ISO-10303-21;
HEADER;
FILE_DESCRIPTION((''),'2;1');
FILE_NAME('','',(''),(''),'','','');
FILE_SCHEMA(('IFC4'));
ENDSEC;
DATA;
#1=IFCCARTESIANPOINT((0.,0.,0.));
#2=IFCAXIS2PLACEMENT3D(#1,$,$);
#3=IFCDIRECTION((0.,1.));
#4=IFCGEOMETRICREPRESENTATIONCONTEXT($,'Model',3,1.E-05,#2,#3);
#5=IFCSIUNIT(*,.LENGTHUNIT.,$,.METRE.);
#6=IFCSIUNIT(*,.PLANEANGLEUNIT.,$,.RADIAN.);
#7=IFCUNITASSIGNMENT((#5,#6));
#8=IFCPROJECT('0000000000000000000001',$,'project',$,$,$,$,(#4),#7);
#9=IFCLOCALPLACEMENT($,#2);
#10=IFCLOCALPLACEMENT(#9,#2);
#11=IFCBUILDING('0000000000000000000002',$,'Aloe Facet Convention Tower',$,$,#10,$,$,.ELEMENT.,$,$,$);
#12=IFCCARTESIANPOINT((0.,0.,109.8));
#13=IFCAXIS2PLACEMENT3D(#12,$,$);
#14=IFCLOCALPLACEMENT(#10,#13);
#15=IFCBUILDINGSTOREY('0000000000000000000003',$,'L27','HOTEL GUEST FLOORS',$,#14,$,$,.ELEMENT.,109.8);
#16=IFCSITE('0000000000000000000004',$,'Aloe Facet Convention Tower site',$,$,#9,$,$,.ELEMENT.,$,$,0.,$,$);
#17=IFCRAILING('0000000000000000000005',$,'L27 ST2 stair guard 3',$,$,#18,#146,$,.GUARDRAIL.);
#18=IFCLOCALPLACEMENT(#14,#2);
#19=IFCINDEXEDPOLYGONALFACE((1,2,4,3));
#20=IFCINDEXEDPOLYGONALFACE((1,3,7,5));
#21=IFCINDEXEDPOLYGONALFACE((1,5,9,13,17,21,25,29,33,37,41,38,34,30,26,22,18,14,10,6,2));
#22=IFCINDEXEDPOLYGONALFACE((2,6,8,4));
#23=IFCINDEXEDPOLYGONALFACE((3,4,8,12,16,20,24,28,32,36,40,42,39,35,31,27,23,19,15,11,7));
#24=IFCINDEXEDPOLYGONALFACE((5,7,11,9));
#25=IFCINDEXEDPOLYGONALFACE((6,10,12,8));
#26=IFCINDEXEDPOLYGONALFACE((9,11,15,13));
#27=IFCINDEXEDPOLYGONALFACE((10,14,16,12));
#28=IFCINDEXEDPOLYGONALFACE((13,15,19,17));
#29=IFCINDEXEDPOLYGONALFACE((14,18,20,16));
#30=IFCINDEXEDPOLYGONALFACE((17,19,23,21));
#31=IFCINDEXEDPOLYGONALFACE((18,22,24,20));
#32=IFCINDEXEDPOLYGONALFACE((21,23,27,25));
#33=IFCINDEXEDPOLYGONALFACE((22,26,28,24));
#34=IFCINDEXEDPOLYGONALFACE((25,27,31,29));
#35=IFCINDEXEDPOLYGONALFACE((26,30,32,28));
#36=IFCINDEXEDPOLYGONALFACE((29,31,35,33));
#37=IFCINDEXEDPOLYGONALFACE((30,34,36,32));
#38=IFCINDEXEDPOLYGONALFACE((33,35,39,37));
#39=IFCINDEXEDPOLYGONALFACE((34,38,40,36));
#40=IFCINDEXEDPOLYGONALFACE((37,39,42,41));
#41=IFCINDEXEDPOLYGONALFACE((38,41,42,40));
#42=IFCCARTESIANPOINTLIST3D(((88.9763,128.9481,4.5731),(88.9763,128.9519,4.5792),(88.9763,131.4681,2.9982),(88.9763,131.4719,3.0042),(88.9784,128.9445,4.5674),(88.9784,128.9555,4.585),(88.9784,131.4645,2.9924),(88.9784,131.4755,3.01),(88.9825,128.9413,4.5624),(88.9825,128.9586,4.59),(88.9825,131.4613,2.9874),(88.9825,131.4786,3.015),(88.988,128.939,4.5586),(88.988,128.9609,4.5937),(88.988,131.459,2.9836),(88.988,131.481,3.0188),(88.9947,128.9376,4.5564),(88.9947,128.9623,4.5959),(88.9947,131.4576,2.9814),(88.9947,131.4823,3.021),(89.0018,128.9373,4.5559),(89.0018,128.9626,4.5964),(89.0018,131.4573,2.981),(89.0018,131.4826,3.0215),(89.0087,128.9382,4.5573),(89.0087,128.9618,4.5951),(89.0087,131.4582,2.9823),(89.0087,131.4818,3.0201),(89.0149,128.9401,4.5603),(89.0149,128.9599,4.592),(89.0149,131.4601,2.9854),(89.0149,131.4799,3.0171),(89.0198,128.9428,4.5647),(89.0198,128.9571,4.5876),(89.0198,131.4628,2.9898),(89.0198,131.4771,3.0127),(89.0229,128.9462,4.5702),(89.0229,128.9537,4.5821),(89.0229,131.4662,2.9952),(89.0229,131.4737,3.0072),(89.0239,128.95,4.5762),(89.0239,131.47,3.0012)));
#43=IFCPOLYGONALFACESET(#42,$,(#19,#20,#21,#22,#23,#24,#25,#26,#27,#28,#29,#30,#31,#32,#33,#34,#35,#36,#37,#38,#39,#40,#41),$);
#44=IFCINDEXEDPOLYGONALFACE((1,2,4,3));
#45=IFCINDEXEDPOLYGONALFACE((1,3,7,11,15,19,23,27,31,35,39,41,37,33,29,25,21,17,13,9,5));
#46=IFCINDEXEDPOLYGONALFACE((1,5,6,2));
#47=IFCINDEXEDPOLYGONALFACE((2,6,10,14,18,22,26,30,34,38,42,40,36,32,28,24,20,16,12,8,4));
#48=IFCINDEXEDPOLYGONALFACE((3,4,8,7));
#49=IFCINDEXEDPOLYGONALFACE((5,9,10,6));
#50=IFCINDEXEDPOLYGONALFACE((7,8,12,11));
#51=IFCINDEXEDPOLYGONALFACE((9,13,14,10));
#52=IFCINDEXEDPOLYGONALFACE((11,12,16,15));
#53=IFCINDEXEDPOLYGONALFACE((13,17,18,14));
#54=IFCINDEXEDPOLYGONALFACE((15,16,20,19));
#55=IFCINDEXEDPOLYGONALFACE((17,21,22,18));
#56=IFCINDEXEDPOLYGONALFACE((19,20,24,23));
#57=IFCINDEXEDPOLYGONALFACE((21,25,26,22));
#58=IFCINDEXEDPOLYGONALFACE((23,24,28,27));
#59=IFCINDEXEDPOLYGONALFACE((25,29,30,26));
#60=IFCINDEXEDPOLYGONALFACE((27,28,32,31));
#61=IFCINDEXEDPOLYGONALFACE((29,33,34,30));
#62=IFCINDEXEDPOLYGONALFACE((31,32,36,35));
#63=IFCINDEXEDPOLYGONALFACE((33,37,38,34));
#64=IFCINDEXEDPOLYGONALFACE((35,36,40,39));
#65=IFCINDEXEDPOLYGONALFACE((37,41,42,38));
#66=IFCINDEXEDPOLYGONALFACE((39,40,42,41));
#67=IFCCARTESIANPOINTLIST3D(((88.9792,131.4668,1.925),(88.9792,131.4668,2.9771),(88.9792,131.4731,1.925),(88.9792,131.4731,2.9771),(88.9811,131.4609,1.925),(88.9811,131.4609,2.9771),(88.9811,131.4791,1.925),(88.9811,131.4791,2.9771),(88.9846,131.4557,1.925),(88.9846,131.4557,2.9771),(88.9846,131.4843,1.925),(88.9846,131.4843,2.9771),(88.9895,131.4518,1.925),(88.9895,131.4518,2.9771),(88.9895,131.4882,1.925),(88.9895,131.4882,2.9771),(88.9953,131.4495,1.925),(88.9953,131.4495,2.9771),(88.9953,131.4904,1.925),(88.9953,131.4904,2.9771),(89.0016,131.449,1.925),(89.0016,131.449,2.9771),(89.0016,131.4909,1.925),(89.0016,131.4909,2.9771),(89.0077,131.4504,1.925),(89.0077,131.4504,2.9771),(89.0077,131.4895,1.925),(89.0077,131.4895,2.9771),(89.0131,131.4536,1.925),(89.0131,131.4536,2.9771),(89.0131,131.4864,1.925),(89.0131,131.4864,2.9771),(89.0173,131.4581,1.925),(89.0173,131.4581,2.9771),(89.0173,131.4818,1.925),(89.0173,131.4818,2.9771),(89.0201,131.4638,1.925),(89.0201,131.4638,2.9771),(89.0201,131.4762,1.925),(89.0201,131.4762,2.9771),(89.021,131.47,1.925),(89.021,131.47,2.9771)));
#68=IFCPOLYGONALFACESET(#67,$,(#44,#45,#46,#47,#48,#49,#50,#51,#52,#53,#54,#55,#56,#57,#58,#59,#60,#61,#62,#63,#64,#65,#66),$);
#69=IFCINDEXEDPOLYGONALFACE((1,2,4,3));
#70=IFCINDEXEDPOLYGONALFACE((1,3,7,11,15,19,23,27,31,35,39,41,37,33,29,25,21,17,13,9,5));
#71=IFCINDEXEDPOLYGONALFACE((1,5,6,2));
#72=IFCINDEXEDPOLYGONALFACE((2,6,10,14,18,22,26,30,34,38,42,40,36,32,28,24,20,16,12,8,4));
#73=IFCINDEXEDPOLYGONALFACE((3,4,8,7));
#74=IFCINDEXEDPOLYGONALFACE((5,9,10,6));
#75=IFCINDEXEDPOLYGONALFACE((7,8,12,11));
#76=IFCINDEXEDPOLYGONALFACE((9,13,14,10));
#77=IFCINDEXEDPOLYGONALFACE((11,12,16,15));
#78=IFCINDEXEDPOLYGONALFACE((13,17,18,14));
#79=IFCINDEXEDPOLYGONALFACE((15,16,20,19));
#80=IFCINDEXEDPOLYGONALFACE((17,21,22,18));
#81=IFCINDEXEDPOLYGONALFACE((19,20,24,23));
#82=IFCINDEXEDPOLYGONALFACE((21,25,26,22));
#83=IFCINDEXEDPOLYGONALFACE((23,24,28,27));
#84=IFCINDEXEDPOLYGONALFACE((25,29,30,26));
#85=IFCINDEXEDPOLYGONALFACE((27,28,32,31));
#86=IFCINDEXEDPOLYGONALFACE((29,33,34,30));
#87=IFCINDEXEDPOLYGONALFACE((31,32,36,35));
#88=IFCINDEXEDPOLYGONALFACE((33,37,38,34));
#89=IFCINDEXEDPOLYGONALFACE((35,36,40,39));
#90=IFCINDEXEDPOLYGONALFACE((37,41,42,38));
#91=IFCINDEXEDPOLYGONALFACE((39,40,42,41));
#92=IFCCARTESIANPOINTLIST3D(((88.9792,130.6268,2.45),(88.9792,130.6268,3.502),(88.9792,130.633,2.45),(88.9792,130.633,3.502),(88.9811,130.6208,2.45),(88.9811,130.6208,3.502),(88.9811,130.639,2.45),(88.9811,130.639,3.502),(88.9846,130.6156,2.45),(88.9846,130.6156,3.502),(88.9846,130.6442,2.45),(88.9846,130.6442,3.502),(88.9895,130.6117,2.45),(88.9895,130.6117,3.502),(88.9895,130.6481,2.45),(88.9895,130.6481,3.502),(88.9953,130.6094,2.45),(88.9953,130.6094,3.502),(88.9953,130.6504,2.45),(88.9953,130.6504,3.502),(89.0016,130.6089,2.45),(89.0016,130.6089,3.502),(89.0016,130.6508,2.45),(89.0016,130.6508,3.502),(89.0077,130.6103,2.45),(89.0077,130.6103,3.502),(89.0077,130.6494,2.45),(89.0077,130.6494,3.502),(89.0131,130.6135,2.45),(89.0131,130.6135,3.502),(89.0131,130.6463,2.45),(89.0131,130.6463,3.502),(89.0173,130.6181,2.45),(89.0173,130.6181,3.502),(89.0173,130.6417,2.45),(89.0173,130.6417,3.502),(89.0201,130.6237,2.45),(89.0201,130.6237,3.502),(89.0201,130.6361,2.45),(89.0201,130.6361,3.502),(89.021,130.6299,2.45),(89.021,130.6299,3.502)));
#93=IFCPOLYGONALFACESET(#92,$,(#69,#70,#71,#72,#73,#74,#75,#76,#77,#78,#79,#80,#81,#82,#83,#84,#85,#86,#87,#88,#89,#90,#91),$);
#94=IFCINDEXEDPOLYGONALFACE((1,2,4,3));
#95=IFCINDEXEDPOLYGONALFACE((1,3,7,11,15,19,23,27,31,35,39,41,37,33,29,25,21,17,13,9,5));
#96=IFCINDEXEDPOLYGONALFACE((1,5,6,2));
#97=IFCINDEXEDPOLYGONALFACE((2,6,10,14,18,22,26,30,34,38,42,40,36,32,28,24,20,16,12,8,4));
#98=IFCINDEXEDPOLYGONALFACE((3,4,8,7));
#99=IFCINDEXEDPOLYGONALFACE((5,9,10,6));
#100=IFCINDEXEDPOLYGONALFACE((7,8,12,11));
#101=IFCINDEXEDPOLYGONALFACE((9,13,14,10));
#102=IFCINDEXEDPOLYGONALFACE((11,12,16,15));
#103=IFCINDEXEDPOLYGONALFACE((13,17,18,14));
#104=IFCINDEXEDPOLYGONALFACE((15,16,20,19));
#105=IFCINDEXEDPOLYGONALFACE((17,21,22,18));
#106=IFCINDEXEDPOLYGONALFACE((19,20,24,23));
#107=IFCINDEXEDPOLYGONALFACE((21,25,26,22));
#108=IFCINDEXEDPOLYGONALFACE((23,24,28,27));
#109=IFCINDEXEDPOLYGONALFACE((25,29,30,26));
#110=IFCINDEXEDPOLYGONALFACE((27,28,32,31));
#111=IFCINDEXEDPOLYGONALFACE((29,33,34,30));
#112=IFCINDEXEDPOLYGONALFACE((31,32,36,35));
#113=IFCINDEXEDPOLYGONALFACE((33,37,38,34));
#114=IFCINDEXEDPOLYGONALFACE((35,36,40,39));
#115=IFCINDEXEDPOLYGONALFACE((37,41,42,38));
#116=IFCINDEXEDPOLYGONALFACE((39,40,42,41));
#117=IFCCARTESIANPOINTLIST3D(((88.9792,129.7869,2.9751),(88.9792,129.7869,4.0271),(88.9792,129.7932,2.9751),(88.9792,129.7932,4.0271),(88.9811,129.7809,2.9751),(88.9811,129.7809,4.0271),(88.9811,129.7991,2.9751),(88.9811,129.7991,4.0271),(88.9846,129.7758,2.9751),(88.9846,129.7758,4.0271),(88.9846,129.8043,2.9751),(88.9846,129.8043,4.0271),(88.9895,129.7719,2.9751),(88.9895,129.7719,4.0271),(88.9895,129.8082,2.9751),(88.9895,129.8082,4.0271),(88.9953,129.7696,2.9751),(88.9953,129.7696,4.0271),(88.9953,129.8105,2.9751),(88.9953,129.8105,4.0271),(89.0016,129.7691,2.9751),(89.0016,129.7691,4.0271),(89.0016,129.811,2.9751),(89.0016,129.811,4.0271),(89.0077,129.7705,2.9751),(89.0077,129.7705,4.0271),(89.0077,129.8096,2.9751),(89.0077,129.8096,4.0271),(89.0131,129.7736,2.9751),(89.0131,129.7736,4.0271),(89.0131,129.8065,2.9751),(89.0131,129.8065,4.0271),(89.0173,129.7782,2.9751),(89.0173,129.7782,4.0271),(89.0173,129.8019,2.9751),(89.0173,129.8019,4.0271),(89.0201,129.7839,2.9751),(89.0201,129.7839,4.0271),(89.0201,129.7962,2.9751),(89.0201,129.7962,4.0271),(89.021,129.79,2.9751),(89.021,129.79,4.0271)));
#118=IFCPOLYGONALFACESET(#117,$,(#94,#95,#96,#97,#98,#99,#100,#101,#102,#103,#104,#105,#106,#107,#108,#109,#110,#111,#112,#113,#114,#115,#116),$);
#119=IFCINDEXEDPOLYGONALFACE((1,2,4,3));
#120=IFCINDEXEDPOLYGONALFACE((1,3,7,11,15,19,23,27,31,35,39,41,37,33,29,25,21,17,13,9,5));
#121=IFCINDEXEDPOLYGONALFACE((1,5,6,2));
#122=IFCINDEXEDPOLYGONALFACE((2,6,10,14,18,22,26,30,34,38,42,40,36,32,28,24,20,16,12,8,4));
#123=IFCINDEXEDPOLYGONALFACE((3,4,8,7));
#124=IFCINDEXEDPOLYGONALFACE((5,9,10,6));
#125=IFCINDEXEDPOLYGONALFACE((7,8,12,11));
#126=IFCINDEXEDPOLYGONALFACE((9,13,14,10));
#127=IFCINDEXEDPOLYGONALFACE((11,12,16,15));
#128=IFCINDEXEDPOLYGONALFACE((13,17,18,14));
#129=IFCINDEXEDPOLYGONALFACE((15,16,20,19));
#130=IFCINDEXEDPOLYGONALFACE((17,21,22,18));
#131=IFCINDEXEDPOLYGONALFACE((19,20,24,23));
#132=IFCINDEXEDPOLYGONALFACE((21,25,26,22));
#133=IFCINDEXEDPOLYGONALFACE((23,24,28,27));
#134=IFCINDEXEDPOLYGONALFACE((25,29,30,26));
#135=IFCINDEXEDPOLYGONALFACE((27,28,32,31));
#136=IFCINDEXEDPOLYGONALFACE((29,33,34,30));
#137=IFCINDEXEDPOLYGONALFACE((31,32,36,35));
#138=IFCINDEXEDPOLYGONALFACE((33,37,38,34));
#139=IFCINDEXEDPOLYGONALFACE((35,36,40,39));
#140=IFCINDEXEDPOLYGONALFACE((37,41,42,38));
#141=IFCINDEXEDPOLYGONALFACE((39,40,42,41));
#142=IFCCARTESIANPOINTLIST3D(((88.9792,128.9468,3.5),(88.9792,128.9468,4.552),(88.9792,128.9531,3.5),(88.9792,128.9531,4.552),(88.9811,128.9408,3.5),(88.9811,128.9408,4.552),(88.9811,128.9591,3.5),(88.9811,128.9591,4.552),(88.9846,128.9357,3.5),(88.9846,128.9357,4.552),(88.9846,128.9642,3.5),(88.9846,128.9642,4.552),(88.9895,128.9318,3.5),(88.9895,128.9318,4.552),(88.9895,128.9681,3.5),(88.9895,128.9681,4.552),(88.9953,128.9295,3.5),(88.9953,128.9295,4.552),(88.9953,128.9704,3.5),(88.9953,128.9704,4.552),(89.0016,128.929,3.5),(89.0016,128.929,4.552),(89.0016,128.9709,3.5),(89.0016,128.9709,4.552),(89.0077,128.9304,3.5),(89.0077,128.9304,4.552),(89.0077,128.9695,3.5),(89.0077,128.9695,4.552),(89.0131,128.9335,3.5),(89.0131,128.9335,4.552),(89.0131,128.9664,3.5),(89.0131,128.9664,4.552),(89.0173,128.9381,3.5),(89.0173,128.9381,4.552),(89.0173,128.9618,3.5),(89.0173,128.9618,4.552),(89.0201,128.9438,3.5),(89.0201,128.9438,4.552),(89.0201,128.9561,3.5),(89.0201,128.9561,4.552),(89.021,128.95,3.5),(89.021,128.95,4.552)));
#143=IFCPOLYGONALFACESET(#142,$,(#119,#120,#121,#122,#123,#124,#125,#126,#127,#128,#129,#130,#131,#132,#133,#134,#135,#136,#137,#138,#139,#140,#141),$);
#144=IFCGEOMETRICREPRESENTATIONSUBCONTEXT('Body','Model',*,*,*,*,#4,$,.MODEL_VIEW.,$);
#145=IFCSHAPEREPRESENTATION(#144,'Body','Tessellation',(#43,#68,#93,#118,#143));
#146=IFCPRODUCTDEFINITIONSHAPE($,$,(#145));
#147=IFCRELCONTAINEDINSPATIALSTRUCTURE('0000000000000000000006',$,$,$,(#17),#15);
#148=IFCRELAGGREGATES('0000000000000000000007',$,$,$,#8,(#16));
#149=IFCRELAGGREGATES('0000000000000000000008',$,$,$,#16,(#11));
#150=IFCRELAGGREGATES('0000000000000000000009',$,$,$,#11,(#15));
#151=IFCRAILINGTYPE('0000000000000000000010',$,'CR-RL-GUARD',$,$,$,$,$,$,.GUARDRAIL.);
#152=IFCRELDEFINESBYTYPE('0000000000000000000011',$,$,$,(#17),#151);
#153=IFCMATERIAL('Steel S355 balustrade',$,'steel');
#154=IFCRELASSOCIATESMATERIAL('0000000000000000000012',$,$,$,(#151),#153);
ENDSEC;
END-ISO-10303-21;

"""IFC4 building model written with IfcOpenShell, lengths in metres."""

from ifc_helpers import new_model, si_unit, direction, frame, origin, origin_2d, place, context, subcontext, project, spatial, circle, extrude, material, type_object, element, save


model = new_model("IFC4")

# Units and contexts
model_context = context("Model", 3, precision=1e-05, world=origin(), true_north=direction((0.0, 1.0)))
body_context = subcontext(model_context, "Body", "Model", "MODEL_VIEW")
ifc_project = project(units=[si_unit("LENGTHUNIT", "METRE"), si_unit("PLANEANGLEUNIT", "RADIAN")], contexts=[model_context])

# Site, building, storey
site_placement = place(None, origin())
site = spatial("IfcSite", under=ifc_project, at=site_placement, Name="Aloe Facet Convention Tower site", CompositionType="ELEMENT", RefElevation=0.0)
building_placement = place(site_placement, origin())
building = spatial("IfcBuilding", under=site, at=building_placement, Name="Aloe Facet Convention Tower", CompositionType="ELEMENT")
storey_placement = place(building_placement, frame((0.0, 0.0, 109.8)))
storey = spatial("IfcBuildingStorey", under=building, at=storey_placement, Name="L27", Description="HOTEL GUEST FLOORS", CompositionType="ELEMENT", Elevation=109.8)

# Railing
ifc_material_1 = material(Name="Steel S355 balustrade", Category="steel")
railing_type_1 = type_object("IfcRailingType", Name="CR-RL-GUARD", PredefinedType="GUARDRAIL", material=ifc_material_1)
railing_1_placement = place(storey_placement, frame((89.0, 131.47, 1.925)))
element("IfcRailing", 1, at=railing_1_placement, inside=storey, type_object=railing_type_1, Name="L27 ST2 stair guard 3", PredefinedType="GUARDRAIL", context=body_context, shape_type="SweptSolid", body=[
    extrude(circle(Radius=0.0239, at=origin_2d()), frame((0.0, 0.0, 1.0762), z_axis=(0.0, -0.848008, 0.529984), x_axis=(1.0, 0.0, 0.0)), (0.0, 0.0, 1.0), 2.9717),
    extrude(circle(Radius=0.021, at=origin_2d()), origin(), (0.0, 0.0, 1.0), 1.052),
    extrude(circle(Radius=0.021, at=origin_2d()), frame((0.0, -0.8401, 0.5249)), (0.0, 0.0, 1.0), 1.052),
    extrude(circle(Radius=0.021, at=origin_2d()), frame((0.0, -1.6799, 1.05)), (0.0, 0.0, 1.0), 1.052),
    extrude(circle(Radius=0.021, at=origin_2d()), frame((0.0, -2.52, 1.575)), (0.0, 0.0, 1.0), 1.052),
])

save(model, "model.ifc")
